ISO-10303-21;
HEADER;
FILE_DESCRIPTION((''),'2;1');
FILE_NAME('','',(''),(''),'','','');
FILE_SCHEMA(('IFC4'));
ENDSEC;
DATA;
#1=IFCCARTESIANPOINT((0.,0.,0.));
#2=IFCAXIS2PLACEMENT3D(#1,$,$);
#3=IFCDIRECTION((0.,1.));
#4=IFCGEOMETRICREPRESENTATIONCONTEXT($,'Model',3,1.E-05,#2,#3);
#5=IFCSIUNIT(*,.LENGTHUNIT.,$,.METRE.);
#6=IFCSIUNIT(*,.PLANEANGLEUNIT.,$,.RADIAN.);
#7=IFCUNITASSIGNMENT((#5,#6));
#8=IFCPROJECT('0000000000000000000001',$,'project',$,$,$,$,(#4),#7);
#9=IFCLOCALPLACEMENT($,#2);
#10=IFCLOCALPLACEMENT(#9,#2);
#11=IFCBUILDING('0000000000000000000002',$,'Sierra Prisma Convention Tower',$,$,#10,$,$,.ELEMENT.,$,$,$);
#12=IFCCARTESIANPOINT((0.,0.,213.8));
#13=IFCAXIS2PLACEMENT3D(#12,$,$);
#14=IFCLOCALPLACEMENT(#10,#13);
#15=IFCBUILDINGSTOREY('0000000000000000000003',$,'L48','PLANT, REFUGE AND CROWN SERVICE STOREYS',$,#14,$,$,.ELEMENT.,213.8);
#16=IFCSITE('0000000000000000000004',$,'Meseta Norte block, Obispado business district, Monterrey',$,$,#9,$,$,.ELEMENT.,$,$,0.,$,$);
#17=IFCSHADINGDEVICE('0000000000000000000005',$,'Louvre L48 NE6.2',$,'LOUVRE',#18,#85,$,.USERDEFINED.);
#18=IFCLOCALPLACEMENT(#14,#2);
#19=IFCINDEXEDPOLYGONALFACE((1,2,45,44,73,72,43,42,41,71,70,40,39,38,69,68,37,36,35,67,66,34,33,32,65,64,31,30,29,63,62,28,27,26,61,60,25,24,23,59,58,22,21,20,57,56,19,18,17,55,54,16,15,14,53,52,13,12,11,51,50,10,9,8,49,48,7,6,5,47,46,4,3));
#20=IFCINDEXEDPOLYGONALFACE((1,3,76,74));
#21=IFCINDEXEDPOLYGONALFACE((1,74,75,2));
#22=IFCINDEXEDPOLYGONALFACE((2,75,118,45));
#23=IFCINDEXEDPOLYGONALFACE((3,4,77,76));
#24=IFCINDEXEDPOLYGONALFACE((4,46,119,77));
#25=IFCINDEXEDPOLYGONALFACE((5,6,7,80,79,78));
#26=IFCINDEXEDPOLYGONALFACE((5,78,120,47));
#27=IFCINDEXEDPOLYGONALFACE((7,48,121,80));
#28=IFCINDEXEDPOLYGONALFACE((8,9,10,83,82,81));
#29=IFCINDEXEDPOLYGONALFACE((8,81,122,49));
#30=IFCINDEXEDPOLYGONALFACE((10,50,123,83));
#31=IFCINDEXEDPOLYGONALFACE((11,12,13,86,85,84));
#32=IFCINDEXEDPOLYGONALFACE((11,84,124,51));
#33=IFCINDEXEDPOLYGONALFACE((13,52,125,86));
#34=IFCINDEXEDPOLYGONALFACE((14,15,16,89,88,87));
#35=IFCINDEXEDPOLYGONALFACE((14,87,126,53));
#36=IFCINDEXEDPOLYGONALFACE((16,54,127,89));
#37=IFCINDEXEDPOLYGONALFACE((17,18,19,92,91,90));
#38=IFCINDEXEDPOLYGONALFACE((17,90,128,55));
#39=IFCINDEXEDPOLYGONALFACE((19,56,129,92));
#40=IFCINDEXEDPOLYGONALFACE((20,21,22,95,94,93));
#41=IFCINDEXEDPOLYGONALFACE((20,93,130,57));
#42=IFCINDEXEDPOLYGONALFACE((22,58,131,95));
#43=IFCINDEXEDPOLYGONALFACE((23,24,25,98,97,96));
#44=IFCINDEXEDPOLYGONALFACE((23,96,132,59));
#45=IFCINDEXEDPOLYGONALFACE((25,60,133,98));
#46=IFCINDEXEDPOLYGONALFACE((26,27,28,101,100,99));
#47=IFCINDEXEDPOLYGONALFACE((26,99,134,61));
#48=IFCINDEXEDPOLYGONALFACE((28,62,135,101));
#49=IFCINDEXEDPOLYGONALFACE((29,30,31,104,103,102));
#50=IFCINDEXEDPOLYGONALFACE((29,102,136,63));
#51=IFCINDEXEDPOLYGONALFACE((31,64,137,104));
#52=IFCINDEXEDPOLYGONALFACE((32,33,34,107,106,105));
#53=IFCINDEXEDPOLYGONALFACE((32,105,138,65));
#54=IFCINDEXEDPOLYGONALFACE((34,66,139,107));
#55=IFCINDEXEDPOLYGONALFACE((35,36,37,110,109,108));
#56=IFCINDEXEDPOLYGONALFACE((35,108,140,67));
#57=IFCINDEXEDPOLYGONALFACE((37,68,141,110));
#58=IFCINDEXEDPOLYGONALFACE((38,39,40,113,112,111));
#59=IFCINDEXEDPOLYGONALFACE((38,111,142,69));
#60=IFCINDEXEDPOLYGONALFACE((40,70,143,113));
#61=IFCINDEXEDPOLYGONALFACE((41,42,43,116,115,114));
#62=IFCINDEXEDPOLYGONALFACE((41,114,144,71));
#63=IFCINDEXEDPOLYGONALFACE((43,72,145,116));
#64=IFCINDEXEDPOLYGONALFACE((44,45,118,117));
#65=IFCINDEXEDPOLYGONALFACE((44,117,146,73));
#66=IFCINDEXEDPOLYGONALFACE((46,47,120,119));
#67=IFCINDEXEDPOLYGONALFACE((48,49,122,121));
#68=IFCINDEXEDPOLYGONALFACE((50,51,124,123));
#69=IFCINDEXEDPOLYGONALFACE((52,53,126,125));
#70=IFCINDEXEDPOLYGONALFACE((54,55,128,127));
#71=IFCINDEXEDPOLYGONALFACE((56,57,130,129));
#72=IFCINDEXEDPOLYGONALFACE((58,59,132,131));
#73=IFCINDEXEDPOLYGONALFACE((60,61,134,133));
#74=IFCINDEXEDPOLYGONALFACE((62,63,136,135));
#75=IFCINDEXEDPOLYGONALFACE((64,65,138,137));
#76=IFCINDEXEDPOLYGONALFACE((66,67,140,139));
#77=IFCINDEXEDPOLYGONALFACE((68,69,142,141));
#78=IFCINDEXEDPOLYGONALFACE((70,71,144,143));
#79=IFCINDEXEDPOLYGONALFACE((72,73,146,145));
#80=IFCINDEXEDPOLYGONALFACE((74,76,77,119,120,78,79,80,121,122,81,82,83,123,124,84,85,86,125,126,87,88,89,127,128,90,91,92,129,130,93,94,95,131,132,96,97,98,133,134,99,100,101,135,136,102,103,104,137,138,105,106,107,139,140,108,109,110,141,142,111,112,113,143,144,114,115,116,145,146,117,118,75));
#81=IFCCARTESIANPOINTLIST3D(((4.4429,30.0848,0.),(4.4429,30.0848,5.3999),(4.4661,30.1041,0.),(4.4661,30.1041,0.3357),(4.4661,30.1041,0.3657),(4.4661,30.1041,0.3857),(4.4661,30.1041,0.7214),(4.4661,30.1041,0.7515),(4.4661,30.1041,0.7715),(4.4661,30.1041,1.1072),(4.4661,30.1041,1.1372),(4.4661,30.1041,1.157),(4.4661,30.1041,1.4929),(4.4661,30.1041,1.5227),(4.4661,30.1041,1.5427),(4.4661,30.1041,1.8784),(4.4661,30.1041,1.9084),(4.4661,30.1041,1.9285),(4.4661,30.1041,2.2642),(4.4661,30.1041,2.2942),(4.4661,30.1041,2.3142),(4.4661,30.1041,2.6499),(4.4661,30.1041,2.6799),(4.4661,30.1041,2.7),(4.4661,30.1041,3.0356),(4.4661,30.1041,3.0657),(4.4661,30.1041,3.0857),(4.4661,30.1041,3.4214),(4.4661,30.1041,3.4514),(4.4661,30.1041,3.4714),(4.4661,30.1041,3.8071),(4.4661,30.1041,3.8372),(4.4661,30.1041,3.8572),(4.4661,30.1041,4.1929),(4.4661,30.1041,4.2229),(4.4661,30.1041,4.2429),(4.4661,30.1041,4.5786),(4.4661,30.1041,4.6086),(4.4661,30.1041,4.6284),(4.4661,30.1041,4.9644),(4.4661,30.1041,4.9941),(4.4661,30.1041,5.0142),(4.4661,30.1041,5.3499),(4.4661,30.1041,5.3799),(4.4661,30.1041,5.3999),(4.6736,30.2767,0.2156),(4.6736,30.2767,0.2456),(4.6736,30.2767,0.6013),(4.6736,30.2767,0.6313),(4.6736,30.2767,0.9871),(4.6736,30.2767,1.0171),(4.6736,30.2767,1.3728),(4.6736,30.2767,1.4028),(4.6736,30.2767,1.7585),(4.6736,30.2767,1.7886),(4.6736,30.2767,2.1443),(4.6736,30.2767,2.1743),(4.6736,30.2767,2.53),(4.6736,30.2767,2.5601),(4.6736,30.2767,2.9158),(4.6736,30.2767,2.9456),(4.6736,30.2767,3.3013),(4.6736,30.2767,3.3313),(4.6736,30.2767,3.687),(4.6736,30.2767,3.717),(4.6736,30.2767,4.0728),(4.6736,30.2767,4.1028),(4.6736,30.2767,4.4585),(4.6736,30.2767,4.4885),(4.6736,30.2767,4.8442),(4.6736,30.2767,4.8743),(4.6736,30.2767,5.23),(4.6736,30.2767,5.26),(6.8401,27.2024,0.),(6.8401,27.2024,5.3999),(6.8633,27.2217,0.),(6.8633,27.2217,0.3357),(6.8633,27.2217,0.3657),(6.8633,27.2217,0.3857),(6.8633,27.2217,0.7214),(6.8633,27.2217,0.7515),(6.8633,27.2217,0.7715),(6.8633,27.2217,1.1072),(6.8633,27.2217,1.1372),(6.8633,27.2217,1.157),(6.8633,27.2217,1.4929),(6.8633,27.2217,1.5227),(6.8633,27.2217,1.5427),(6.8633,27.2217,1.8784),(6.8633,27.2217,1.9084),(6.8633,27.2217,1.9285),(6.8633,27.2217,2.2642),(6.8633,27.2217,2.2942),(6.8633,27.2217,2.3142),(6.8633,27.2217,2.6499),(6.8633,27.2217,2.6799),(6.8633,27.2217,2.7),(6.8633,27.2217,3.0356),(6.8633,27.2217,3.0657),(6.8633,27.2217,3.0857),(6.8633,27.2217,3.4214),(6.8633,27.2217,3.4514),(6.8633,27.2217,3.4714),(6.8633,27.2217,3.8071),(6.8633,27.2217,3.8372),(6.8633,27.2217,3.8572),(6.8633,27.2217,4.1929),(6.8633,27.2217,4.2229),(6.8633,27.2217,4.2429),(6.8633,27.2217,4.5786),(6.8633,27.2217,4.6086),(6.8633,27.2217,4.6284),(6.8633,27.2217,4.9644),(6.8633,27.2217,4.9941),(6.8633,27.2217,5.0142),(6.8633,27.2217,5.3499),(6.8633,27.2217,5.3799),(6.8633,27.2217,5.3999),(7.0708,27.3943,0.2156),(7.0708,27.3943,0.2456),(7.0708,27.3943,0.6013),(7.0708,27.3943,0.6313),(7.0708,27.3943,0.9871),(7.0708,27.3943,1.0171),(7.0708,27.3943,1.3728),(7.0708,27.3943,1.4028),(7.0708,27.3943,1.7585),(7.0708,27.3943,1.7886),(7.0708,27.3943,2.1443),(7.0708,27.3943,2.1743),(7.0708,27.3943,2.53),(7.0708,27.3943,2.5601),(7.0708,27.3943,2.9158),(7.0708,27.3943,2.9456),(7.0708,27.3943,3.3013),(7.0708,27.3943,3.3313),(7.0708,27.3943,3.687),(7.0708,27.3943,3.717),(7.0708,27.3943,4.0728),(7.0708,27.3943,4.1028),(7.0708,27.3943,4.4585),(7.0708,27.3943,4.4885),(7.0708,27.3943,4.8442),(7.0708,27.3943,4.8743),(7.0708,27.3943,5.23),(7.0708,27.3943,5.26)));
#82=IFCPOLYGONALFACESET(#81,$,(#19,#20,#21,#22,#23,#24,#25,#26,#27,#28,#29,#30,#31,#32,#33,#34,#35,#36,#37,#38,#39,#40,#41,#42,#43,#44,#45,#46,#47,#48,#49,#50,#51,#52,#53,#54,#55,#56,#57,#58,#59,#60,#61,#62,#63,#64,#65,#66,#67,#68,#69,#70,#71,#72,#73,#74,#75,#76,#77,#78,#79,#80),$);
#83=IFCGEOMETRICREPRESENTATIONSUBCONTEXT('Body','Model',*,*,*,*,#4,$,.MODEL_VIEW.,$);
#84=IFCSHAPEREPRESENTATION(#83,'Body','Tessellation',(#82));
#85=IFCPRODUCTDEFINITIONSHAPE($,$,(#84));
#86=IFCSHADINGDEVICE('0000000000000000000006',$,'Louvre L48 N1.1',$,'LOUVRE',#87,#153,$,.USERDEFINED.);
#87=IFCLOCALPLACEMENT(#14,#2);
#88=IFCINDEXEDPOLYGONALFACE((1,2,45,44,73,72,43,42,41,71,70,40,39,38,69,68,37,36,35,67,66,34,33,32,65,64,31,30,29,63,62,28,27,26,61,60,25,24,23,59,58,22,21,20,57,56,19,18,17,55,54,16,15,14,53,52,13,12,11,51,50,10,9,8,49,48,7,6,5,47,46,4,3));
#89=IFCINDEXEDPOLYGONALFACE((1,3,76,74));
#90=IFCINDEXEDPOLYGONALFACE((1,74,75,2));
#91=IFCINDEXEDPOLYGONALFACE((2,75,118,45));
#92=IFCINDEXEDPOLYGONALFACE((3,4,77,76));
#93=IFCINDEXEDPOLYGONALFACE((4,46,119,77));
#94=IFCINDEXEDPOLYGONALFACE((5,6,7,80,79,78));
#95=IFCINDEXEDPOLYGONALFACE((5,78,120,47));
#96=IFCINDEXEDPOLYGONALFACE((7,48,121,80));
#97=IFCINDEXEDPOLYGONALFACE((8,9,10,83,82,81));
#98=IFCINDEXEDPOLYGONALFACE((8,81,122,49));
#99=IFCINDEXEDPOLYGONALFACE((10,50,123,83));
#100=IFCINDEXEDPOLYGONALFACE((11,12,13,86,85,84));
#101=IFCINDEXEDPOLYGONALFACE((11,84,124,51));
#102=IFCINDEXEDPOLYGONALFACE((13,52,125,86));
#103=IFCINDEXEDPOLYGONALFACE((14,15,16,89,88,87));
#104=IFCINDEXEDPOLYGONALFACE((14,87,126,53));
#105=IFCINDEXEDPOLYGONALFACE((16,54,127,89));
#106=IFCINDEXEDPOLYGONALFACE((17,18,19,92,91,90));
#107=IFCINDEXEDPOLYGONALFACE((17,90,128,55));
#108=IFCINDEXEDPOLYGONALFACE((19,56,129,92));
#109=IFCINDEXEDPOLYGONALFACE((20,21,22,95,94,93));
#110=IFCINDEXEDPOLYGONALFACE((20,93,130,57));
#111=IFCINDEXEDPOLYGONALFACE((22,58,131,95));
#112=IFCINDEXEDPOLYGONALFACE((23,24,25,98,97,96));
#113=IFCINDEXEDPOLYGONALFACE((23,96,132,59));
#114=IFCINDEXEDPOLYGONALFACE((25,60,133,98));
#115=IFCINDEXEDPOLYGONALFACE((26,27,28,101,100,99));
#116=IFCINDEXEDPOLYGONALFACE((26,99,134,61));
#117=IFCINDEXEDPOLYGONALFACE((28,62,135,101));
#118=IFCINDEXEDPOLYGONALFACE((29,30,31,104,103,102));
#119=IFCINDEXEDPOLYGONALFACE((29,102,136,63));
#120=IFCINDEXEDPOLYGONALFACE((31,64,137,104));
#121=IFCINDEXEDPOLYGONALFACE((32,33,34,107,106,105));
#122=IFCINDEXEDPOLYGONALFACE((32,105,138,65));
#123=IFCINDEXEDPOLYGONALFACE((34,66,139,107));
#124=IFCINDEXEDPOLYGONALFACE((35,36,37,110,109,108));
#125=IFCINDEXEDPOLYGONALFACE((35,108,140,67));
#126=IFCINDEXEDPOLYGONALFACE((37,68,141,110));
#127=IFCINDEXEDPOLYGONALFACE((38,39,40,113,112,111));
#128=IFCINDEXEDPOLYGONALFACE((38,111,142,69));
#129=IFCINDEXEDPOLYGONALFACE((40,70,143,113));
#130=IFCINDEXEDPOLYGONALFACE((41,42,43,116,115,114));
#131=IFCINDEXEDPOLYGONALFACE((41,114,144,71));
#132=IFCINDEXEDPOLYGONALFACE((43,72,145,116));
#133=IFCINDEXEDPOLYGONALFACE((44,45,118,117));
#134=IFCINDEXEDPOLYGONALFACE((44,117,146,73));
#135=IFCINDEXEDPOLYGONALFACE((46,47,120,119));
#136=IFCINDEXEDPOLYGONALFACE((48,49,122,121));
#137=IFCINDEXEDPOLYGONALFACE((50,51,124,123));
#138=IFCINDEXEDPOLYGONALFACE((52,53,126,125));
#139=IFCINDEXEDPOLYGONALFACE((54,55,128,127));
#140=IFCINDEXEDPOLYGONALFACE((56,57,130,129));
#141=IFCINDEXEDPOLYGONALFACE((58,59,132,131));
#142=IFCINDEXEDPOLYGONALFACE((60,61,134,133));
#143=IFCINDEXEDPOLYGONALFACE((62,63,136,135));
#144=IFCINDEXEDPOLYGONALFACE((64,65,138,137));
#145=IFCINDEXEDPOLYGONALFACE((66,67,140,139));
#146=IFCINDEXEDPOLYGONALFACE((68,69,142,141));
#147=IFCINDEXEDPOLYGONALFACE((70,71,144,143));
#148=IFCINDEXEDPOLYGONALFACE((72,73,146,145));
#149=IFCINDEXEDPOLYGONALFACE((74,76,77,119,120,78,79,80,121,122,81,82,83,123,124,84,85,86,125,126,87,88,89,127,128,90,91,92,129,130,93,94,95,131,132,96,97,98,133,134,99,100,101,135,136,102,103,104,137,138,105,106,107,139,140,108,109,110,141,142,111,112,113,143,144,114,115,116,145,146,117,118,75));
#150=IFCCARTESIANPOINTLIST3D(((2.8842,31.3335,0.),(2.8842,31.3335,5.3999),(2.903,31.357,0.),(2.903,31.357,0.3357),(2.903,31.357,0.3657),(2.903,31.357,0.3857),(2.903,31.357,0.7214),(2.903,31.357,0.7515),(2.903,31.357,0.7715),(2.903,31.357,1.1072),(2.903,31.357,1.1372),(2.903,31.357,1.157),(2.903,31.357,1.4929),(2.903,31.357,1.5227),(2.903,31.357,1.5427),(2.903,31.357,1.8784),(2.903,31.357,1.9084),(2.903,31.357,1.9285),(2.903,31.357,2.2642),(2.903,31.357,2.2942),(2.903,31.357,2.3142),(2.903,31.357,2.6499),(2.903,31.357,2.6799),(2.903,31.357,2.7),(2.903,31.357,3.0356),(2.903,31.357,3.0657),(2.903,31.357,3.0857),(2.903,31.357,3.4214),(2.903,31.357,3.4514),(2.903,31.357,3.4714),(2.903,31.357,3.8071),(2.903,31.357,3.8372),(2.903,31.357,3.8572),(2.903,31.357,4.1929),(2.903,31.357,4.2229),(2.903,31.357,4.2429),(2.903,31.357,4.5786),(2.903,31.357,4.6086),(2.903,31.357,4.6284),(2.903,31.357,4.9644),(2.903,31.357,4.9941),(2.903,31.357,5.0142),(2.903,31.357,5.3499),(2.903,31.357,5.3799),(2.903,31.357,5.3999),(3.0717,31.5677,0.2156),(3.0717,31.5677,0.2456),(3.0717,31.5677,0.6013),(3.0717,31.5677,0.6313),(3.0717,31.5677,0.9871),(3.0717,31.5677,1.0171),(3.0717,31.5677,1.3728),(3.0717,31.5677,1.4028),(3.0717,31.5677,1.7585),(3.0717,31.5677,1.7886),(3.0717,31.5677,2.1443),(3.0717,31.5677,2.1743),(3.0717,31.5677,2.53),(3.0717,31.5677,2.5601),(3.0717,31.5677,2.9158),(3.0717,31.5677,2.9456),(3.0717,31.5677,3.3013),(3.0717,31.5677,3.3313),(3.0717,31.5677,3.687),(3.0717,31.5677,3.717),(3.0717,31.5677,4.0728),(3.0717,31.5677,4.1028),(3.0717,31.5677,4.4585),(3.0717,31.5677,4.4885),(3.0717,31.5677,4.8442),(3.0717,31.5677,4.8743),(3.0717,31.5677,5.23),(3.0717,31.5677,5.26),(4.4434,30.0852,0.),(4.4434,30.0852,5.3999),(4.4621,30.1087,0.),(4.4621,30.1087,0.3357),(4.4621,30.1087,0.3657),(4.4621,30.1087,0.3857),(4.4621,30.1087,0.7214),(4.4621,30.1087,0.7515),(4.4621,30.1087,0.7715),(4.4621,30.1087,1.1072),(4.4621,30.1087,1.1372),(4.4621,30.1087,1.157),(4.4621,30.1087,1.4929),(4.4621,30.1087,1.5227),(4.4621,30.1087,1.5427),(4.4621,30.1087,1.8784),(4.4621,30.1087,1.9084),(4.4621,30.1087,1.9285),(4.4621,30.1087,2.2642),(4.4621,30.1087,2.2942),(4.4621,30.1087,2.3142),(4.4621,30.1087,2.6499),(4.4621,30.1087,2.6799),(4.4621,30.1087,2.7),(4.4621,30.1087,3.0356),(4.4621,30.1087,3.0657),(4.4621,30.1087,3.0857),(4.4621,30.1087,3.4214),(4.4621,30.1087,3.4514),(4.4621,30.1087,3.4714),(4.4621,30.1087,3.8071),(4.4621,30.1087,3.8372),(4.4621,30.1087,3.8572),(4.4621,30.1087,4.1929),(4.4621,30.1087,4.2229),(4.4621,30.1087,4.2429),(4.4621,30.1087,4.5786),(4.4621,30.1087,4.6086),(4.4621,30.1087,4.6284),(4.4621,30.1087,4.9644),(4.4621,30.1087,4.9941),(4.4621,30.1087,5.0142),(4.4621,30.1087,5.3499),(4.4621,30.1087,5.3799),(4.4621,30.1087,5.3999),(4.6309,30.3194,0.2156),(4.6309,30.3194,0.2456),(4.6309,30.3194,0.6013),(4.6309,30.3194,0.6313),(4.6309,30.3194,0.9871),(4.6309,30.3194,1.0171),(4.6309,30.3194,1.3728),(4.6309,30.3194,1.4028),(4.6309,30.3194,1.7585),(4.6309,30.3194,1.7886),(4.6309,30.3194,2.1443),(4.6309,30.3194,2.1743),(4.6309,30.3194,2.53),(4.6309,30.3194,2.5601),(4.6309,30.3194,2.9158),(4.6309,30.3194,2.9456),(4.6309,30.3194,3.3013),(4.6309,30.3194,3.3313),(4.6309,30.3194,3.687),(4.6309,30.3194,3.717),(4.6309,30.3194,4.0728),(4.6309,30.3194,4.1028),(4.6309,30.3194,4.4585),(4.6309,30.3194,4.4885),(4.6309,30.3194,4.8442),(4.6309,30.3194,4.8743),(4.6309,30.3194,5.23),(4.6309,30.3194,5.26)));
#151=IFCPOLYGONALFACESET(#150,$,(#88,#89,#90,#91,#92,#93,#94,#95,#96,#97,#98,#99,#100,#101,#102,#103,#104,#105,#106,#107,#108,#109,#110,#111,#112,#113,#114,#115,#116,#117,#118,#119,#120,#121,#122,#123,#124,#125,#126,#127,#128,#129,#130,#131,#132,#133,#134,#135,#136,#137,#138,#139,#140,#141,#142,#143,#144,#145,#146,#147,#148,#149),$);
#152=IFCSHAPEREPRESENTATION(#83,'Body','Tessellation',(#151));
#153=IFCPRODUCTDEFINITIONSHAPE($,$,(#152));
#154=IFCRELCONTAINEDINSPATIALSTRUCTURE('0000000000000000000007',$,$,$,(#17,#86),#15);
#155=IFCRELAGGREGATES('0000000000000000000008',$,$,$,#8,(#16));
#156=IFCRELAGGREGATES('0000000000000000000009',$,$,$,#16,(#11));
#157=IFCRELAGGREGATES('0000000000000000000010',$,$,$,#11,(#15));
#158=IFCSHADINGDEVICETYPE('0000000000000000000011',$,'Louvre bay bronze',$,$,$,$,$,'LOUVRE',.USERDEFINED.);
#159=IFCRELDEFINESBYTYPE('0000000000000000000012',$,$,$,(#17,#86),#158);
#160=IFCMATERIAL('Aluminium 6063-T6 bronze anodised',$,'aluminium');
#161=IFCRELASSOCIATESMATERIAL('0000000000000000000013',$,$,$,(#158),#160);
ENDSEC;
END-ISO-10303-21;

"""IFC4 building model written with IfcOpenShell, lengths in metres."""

from ifc_helpers import new_model, si_unit, direction, frame, origin, place, context, subcontext, project, spatial, polyline, outline, extrude, material, type_object, element, save


model = new_model("IFC4")

# Units and contexts
model_context = context("Model", 3, precision=1e-05, world=origin(), true_north=direction((0.0, 1.0)))
body_context = subcontext(model_context, "Body", "Model", "MODEL_VIEW")
ifc_project = project(units=[si_unit("LENGTHUNIT", "METRE"), si_unit("PLANEANGLEUNIT", "RADIAN")], contexts=[model_context])

# Site, building, storey
site_placement = place(None, origin())
site = spatial("IfcSite", under=ifc_project, at=site_placement, Name="Meseta Norte block, Obispado business district, Monterrey", CompositionType="ELEMENT", RefElevation=0.0)
building_placement = place(site_placement, origin())
building = spatial("IfcBuilding", under=site, at=building_placement, Name="Sierra Prisma Convention Tower", CompositionType="ELEMENT")
storey_placement = place(building_placement, frame((0.0, 0.0, 213.8)))
storey = spatial("IfcBuildingStorey", under=building, at=storey_placement, Name="L48", Description="PLANT, REFUGE AND CROWN SERVICE STOREYS", CompositionType="ELEMENT", Elevation=213.8)

# Shading devices
ifc_material_1 = material(Name="Aluminium 6063-T6 bronze anodised", Category="aluminium")
shading_device_type = type_object("IfcShadingDeviceType", Name="Louvre bay bronze", ElementType="LOUVRE", PredefinedType="USERDEFINED", material=ifc_material_1)
shading_device_1_placement = place(storey_placement, frame((6.8401, 27.2024, 0.0), z_axis=(0.639423, -0.768855, 0.0), x_axis=(0.0, 0.0, 1.0)))
element("IfcShadingDevice", 1, at=shading_device_1_placement, inside=storey, type_object=shading_device_type, Name="Louvre L48 NE6.2", ObjectType="LOUVRE", PredefinedType="USERDEFINED", context=body_context, shape_type="SweptSolid", body=[
    extrude(outline(polyline([(0.0, 0.0), (5.3999, 0.0), (5.3999, -0.0302), (5.3799, -0.0302), (5.26, -0.3001), (5.23, -0.3001), (5.3499, -0.0302), (5.0142, -0.0302), (4.9941, -0.0302), (4.8743, -0.3001), (4.8442, -0.3001), (4.9644, -0.0302), (4.6284, -0.0302), (4.6086, -0.0302), (4.4885, -0.3001), (4.4585, -0.3001), (4.5786, -0.0302), (4.2429, -0.0302), (4.2229, -0.0302), (4.1028, -0.3001), (4.0728, -0.3001), (4.1929, -0.0302), (3.8572, -0.0302), (3.8372, -0.0302), (3.717, -0.3001), (3.687, -0.3001), (3.8071, -0.0302), (3.4714, -0.0302), (3.4514, -0.0302), (3.3313, -0.3001), (3.3013, -0.3001), (3.4214, -0.0302), (3.0857, -0.0302), (3.0657, -0.0302), (2.9456, -0.3001), (2.9158, -0.3001), (3.0356, -0.0302), (2.7, -0.0302), (2.6799, -0.0302), (2.5601, -0.3001), (2.53, -0.3001), (2.6499, -0.0302), (2.3142, -0.0302), (2.2942, -0.0302), (2.1743, -0.3001), (2.1443, -0.3001), (2.2642, -0.0302), (1.9285, -0.0302), (1.9084, -0.0302), (1.7886, -0.3001), (1.7585, -0.3001), (1.8784, -0.0302), (1.5427, -0.0302), (1.5227, -0.0302), (1.4028, -0.3001), (1.3728, -0.3001), (1.4929, -0.0302), (1.157, -0.0302), (1.1372, -0.0302), (1.0171, -0.3001), (0.9871, -0.3001), (1.1072, -0.0302), (0.7715, -0.0302), (0.7515, -0.0302), (0.6313, -0.3001), (0.6013, -0.3001), (0.7214, -0.0302), (0.3857, -0.0302), (0.3657, -0.0302), (0.2456, -0.3001), (0.2156, -0.3001), (0.3357, -0.0302), (0.0, -0.0302), (0.0, 0.0)])), origin(), (0.0, 0.0, -1.0), 3.749),
])
shading_device_2_placement = place(storey_placement, frame((4.4434, 30.0852, 0.0), z_axis=(0.78062, -0.625006, 0.0), x_axis=(0.0, 0.0, 1.0)))
element("IfcShadingDevice", 2, at=shading_device_2_placement, inside=storey, type_object=shading_device_type, Name="Louvre L48 N1.1", ObjectType="LOUVRE", PredefinedType="USERDEFINED", context=body_context, shape_type="SweptSolid", body=[
    extrude(outline(polyline([(0.0, 0.0), (5.3999, 0.0), (5.3999, -0.03), (5.3799, -0.03), (5.26, -0.3), (5.23, -0.3), (5.3499, -0.03), (5.0142, -0.03), (4.9941, -0.03), (4.8743, -0.3), (4.8442, -0.3), (4.9644, -0.03), (4.6284, -0.03), (4.6086, -0.03), (4.4885, -0.3), (4.4585, -0.3), (4.5786, -0.03), (4.2429, -0.03), (4.2229, -0.03), (4.1028, -0.3), (4.0728, -0.3), (4.1929, -0.03), (3.8572, -0.03), (3.8372, -0.03), (3.717, -0.3), (3.687, -0.3), (3.8071, -0.03), (3.4714, -0.03), (3.4514, -0.03), (3.3313, -0.3), (3.3013, -0.3), (3.4214, -0.03), (3.0857, -0.03), (3.0657, -0.03), (2.9456, -0.3), (2.9158, -0.3), (3.0356, -0.03), (2.7, -0.03), (2.6799, -0.03), (2.5601, -0.3), (2.53, -0.3), (2.6499, -0.03), (2.3142, -0.03), (2.2942, -0.03), (2.1743, -0.3), (2.1443, -0.3), (2.2642, -0.03), (1.9285, -0.03), (1.9084, -0.03), (1.7886, -0.3), (1.7585, -0.3), (1.8784, -0.03), (1.5427, -0.03), (1.5227, -0.03), (1.4028, -0.3), (1.3728, -0.3), (1.4929, -0.03), (1.157, -0.03), (1.1372, -0.03), (1.0171, -0.3), (0.9871, -0.3), (1.1072, -0.03), (0.7715, -0.03), (0.7515, -0.03), (0.6313, -0.3), (0.6013, -0.3), (0.7214, -0.03), (0.3857, -0.03), (0.3657, -0.03), (0.2456, -0.3), (0.2156, -0.3), (0.3357, -0.03), (0.0, -0.03), (0.0, 0.0)])), origin(), (0.0, 0.0, -1.0), 1.9973),
])

save(model, "model.ifc")
